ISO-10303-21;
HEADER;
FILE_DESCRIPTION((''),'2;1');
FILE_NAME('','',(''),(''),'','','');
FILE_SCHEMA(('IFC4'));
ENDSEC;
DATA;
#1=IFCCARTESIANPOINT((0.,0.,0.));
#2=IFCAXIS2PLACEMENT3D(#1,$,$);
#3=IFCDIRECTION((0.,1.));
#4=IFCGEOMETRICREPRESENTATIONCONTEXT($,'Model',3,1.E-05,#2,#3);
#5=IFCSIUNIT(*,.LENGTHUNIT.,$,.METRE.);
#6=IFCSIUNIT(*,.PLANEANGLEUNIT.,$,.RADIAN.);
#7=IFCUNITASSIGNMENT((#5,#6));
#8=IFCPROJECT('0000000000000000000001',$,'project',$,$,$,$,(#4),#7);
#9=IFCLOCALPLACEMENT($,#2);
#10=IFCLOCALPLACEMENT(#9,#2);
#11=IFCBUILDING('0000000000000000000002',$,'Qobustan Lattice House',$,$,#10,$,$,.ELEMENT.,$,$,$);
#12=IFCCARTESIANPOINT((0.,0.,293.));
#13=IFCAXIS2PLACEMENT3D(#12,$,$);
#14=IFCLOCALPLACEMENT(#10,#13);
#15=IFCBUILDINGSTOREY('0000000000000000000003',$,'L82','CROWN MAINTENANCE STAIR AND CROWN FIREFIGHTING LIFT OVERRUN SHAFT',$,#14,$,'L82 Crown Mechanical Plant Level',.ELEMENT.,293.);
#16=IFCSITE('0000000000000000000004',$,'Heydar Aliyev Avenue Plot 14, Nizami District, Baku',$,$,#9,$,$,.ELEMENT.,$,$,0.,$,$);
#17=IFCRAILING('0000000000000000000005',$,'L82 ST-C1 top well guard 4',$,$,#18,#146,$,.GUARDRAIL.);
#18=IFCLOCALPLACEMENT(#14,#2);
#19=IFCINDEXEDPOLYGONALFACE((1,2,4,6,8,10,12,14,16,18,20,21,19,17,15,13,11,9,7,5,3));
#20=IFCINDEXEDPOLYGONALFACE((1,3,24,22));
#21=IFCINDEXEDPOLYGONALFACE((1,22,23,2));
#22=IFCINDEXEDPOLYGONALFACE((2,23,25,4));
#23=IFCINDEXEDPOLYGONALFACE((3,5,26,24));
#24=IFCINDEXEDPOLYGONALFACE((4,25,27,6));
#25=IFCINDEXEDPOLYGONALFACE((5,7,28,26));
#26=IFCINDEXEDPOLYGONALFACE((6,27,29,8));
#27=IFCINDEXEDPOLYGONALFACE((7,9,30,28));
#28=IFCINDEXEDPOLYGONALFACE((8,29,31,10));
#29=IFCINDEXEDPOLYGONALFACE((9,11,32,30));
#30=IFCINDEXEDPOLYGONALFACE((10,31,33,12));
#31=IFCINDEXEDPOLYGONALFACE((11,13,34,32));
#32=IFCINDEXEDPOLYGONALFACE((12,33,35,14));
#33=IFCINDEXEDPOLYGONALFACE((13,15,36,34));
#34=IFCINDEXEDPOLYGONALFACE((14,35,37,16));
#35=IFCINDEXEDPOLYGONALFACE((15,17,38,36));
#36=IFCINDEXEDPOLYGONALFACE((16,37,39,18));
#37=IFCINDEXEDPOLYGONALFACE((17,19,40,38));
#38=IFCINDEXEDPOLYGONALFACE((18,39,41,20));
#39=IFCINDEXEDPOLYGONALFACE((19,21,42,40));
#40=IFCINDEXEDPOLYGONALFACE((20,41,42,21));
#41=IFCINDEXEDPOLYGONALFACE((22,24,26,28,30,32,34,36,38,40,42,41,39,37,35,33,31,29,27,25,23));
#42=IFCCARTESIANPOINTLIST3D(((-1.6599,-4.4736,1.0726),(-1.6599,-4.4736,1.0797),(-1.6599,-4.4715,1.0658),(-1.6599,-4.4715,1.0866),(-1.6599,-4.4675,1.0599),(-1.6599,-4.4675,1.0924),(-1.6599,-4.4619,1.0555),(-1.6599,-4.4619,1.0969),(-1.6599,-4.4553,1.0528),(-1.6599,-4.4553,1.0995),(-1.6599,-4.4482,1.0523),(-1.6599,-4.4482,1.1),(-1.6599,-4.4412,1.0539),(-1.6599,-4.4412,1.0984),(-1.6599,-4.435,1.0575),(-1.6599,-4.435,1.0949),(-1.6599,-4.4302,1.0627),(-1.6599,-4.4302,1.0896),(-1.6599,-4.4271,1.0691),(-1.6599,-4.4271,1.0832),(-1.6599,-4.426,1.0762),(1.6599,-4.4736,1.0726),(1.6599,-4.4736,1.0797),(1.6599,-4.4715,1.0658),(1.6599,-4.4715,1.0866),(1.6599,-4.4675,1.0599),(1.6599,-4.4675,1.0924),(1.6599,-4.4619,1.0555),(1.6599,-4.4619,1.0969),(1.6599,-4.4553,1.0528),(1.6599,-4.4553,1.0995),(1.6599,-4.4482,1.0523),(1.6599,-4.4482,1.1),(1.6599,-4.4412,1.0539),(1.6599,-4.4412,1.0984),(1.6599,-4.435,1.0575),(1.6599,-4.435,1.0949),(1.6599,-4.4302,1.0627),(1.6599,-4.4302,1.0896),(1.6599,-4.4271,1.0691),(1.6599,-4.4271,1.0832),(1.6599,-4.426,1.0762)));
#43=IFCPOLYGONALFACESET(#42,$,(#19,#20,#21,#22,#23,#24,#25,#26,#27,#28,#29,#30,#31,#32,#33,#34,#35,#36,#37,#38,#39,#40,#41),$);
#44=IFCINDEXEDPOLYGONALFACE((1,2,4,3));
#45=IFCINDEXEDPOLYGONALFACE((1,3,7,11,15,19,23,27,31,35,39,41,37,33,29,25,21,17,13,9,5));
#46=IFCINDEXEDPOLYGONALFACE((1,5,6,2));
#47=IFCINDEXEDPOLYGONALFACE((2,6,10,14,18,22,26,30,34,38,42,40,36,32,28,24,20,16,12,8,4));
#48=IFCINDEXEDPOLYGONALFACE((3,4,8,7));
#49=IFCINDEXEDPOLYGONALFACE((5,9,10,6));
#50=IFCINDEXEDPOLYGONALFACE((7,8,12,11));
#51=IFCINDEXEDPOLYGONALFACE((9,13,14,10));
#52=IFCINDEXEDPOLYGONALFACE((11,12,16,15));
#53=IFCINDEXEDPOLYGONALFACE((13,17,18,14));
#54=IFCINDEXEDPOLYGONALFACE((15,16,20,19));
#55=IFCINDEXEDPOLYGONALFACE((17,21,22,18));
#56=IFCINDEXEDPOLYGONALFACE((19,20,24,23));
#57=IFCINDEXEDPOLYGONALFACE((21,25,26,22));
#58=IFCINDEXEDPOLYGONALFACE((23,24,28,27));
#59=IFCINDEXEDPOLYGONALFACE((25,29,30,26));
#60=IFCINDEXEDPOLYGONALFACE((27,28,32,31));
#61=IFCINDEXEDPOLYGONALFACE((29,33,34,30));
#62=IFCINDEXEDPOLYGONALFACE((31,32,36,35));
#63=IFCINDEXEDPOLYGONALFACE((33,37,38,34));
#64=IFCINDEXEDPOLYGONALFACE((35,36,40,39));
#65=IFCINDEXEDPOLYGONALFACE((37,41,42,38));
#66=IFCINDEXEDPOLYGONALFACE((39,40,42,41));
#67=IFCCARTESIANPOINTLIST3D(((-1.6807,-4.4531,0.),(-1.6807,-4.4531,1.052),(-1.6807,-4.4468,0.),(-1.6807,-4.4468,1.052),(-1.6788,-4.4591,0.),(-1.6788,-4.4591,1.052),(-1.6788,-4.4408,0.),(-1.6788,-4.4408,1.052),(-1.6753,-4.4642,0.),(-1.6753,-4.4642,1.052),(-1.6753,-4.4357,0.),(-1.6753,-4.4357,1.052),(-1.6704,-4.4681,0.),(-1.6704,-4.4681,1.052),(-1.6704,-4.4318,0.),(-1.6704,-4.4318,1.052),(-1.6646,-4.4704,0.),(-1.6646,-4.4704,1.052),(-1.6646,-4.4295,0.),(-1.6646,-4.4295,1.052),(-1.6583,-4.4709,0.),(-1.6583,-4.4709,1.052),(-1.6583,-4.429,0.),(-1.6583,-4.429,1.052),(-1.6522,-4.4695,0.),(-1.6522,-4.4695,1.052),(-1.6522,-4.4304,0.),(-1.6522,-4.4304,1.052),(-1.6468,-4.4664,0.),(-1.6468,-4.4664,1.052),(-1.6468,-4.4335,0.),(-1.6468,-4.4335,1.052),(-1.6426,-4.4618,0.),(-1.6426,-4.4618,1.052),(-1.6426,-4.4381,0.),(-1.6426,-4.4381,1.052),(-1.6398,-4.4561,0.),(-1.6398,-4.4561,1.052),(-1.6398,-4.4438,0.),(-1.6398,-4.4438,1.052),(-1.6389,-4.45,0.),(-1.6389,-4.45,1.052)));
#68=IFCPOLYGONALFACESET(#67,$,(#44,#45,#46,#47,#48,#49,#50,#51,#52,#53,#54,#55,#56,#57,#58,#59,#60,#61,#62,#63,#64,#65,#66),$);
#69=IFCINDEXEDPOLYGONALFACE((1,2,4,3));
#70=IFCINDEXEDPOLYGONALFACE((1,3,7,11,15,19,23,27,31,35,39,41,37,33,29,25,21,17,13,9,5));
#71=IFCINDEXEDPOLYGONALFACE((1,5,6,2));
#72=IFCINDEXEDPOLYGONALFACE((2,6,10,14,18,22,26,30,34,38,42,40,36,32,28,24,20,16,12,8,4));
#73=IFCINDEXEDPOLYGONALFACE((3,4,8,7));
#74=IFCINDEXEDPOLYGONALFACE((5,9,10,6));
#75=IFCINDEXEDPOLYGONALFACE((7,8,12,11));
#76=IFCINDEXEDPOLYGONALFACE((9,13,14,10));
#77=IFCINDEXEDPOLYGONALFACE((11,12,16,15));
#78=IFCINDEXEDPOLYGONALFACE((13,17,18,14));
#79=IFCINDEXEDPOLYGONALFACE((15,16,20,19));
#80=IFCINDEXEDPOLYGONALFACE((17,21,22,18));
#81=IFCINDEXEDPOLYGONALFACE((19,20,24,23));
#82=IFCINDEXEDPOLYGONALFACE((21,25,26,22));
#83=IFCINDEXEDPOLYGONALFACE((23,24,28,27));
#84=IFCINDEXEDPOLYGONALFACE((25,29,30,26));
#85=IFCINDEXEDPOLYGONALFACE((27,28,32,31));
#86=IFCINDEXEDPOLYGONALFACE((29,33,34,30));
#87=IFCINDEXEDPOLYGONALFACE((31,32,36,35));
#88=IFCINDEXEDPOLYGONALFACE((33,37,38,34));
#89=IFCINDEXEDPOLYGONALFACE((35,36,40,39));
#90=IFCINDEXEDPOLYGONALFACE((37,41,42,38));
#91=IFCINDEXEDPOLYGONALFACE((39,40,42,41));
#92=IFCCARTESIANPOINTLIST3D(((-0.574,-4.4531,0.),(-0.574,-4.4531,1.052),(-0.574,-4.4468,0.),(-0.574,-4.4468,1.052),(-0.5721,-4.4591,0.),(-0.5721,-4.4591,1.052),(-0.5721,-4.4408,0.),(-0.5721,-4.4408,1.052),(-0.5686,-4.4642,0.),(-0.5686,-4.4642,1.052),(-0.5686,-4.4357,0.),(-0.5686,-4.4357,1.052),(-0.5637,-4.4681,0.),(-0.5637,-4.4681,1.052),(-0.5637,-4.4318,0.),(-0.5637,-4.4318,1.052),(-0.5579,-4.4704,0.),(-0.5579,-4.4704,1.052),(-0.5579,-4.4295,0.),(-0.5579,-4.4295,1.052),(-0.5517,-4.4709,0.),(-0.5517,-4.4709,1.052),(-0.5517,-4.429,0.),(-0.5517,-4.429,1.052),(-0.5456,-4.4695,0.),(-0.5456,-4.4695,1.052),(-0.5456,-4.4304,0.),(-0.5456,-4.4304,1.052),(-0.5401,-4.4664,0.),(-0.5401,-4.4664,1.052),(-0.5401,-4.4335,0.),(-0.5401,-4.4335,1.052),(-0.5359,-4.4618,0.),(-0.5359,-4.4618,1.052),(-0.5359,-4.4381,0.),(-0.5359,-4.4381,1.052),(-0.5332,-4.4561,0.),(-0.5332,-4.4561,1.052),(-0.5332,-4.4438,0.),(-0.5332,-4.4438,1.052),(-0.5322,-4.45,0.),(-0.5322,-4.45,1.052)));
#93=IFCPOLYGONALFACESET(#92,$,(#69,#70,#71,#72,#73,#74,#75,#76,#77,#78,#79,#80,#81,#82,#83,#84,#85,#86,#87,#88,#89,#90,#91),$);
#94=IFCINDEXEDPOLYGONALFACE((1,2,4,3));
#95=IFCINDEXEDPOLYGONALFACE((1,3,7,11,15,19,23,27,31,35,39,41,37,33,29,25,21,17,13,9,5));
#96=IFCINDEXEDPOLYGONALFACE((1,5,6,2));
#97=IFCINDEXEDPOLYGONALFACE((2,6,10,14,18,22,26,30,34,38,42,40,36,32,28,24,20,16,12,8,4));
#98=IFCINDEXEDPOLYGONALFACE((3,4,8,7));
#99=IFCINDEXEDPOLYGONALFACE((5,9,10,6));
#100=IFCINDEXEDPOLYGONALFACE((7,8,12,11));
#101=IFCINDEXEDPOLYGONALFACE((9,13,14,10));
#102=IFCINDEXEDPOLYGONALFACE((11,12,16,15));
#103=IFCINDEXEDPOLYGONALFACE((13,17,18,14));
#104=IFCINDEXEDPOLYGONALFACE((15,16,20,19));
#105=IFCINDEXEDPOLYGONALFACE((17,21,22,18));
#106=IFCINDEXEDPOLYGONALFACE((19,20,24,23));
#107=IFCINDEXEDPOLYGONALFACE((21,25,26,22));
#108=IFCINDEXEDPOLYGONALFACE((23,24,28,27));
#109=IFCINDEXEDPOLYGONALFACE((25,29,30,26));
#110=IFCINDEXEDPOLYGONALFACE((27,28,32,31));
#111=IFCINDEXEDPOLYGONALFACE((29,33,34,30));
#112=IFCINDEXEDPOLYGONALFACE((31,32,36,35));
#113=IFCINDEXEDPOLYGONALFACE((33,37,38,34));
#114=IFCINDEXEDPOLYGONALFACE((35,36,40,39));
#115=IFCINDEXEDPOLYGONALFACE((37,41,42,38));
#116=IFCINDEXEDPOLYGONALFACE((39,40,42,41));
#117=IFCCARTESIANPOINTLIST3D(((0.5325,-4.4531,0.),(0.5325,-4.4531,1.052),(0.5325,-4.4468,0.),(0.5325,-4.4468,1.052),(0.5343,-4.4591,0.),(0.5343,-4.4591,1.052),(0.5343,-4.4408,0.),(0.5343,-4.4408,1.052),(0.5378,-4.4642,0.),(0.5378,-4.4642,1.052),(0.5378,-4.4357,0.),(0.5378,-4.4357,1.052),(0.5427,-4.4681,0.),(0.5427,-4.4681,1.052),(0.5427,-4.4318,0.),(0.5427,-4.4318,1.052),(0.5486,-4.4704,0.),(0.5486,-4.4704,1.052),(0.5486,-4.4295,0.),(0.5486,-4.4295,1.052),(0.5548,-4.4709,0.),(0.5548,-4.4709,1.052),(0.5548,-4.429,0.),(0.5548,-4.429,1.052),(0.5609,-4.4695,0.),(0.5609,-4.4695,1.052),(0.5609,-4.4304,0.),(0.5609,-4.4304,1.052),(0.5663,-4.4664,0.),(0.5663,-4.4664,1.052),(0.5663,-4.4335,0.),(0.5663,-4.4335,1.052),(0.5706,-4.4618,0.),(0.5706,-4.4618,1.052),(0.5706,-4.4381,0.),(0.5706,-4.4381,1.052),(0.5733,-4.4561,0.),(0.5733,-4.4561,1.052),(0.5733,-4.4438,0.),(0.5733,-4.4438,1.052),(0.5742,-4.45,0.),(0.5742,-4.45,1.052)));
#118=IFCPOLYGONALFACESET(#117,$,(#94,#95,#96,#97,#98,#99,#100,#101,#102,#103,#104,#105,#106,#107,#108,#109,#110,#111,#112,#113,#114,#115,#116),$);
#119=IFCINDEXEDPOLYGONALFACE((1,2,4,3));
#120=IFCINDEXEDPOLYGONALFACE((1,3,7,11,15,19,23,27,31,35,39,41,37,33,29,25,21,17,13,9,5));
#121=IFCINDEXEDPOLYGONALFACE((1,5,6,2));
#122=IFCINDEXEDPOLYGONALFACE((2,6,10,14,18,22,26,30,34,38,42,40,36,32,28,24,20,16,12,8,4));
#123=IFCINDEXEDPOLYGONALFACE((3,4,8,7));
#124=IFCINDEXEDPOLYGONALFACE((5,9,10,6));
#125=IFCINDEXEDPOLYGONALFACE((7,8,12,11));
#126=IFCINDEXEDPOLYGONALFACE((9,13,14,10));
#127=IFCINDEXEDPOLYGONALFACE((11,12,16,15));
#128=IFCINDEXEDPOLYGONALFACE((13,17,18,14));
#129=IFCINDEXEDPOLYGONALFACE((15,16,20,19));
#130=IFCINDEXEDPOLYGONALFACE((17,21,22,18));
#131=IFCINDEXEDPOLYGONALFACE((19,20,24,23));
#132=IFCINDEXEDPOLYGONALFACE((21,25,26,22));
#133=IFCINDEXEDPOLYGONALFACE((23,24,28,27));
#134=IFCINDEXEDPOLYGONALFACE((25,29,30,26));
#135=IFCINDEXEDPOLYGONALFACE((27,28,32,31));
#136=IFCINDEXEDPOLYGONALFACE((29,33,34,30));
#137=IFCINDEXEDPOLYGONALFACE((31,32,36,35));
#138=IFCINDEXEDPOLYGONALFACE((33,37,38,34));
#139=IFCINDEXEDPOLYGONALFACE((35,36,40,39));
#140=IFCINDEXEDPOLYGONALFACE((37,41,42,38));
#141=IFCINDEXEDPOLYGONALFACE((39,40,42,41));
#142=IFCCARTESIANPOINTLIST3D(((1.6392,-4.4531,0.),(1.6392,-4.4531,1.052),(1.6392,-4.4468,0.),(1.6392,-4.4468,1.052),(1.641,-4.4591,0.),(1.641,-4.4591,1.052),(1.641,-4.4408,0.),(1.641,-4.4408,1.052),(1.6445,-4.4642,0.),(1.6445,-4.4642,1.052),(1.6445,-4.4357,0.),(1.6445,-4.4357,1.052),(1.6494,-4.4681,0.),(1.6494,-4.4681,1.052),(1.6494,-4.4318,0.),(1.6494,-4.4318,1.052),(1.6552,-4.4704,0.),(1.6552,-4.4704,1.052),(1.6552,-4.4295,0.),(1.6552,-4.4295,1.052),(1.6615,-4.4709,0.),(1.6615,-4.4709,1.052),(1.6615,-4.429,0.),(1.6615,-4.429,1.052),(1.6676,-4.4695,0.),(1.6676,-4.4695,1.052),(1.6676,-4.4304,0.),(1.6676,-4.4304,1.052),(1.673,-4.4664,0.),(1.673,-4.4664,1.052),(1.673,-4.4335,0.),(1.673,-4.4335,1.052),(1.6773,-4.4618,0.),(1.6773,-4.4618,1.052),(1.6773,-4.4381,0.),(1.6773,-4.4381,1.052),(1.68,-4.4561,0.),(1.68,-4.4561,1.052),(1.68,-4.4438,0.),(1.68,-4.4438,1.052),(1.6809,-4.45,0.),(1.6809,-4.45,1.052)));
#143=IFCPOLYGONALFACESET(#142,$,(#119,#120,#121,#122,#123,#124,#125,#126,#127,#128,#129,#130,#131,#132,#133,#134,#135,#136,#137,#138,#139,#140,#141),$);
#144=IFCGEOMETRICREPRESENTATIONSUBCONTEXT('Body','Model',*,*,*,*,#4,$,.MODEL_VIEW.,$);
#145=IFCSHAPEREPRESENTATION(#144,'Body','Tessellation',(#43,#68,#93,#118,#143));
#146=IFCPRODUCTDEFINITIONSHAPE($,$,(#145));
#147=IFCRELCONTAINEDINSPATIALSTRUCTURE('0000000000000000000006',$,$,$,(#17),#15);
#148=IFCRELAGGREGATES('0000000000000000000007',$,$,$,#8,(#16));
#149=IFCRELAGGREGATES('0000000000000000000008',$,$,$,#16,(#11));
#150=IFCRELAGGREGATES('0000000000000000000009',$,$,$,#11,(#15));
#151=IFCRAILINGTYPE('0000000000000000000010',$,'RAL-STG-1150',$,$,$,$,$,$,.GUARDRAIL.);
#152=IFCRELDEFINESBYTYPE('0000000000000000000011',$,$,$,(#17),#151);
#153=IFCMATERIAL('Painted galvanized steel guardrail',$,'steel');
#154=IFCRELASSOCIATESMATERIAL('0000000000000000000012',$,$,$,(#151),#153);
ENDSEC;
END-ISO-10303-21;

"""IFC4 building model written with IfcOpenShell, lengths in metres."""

from ifc_helpers import new_model, si_unit, direction, frame, origin, origin_2d, place, context, subcontext, project, spatial, circle, extrude, material, type_object, element, save


model = new_model("IFC4")

# Units and contexts
model_context = context("Model", 3, precision=1e-05, world=origin(), true_north=direction((0.0, 1.0)))
body_context = subcontext(model_context, "Body", "Model", "MODEL_VIEW")
ifc_project = project(units=[si_unit("LENGTHUNIT", "METRE"), si_unit("PLANEANGLEUNIT", "RADIAN")], contexts=[model_context])

# Site, building, storey
site_placement = place(None, origin())
site = spatial("IfcSite", under=ifc_project, at=site_placement, Name="Heydar Aliyev Avenue Plot 14, Nizami District, Baku", CompositionType="ELEMENT", RefElevation=0.0)
building_placement = place(site_placement, origin())
building = spatial("IfcBuilding", under=site, at=building_placement, Name="Qobustan Lattice House", CompositionType="ELEMENT")
storey_placement = place(building_placement, frame((0.0, 0.0, 293.0)))
storey = spatial("IfcBuildingStorey", under=building, at=storey_placement, Name="L82", Description="CROWN MAINTENANCE STAIR AND CROWN FIREFIGHTING LIFT OVERRUN SHAFT", LongName="L82 Crown Mechanical Plant Level", CompositionType="ELEMENT", Elevation=293.0)

# Railing
ifc_material_1 = material(Name="Painted galvanized steel guardrail", Category="steel")
railing_type = type_object("IfcRailingType", Name="RAL-STG-1150", PredefinedType="GUARDRAIL", material=ifc_material_1)
railing_placement = place(storey_placement, frame((-1.6599, -4.45, 0.0)))
element("IfcRailing", 1, at=railing_placement, inside=storey, type_object=railing_type, Name="L82 ST-C1 top well guard 4", PredefinedType="GUARDRAIL", context=body_context, shape_type="SweptSolid", body=[
    extrude(circle(Radius=0.0239, at=origin_2d()), frame((0.0, 0.0, 1.0762), z_axis=(1.0, 0.0, 0.0), x_axis=(0.0, 1.0, 0.0)), (0.0, 0.0, 1.0), 3.3198),
    extrude(circle(Radius=0.021, at=origin_2d()), origin(), (0.0, 0.0, 1.0), 1.052),
    extrude(circle(Radius=0.021, at=origin_2d()), frame((1.1067, 0.0, 0.0)), (0.0, 0.0, 1.0), 1.052),
    extrude(circle(Radius=0.021, at=origin_2d()), frame((2.2131, 0.0, 0.0)), (0.0, 0.0, 1.0), 1.052),
    extrude(circle(Radius=0.021, at=origin_2d()), frame((3.3198, 0.0, 0.0)), (0.0, 0.0, 1.0), 1.052),
])

save(model, "model.ifc")
